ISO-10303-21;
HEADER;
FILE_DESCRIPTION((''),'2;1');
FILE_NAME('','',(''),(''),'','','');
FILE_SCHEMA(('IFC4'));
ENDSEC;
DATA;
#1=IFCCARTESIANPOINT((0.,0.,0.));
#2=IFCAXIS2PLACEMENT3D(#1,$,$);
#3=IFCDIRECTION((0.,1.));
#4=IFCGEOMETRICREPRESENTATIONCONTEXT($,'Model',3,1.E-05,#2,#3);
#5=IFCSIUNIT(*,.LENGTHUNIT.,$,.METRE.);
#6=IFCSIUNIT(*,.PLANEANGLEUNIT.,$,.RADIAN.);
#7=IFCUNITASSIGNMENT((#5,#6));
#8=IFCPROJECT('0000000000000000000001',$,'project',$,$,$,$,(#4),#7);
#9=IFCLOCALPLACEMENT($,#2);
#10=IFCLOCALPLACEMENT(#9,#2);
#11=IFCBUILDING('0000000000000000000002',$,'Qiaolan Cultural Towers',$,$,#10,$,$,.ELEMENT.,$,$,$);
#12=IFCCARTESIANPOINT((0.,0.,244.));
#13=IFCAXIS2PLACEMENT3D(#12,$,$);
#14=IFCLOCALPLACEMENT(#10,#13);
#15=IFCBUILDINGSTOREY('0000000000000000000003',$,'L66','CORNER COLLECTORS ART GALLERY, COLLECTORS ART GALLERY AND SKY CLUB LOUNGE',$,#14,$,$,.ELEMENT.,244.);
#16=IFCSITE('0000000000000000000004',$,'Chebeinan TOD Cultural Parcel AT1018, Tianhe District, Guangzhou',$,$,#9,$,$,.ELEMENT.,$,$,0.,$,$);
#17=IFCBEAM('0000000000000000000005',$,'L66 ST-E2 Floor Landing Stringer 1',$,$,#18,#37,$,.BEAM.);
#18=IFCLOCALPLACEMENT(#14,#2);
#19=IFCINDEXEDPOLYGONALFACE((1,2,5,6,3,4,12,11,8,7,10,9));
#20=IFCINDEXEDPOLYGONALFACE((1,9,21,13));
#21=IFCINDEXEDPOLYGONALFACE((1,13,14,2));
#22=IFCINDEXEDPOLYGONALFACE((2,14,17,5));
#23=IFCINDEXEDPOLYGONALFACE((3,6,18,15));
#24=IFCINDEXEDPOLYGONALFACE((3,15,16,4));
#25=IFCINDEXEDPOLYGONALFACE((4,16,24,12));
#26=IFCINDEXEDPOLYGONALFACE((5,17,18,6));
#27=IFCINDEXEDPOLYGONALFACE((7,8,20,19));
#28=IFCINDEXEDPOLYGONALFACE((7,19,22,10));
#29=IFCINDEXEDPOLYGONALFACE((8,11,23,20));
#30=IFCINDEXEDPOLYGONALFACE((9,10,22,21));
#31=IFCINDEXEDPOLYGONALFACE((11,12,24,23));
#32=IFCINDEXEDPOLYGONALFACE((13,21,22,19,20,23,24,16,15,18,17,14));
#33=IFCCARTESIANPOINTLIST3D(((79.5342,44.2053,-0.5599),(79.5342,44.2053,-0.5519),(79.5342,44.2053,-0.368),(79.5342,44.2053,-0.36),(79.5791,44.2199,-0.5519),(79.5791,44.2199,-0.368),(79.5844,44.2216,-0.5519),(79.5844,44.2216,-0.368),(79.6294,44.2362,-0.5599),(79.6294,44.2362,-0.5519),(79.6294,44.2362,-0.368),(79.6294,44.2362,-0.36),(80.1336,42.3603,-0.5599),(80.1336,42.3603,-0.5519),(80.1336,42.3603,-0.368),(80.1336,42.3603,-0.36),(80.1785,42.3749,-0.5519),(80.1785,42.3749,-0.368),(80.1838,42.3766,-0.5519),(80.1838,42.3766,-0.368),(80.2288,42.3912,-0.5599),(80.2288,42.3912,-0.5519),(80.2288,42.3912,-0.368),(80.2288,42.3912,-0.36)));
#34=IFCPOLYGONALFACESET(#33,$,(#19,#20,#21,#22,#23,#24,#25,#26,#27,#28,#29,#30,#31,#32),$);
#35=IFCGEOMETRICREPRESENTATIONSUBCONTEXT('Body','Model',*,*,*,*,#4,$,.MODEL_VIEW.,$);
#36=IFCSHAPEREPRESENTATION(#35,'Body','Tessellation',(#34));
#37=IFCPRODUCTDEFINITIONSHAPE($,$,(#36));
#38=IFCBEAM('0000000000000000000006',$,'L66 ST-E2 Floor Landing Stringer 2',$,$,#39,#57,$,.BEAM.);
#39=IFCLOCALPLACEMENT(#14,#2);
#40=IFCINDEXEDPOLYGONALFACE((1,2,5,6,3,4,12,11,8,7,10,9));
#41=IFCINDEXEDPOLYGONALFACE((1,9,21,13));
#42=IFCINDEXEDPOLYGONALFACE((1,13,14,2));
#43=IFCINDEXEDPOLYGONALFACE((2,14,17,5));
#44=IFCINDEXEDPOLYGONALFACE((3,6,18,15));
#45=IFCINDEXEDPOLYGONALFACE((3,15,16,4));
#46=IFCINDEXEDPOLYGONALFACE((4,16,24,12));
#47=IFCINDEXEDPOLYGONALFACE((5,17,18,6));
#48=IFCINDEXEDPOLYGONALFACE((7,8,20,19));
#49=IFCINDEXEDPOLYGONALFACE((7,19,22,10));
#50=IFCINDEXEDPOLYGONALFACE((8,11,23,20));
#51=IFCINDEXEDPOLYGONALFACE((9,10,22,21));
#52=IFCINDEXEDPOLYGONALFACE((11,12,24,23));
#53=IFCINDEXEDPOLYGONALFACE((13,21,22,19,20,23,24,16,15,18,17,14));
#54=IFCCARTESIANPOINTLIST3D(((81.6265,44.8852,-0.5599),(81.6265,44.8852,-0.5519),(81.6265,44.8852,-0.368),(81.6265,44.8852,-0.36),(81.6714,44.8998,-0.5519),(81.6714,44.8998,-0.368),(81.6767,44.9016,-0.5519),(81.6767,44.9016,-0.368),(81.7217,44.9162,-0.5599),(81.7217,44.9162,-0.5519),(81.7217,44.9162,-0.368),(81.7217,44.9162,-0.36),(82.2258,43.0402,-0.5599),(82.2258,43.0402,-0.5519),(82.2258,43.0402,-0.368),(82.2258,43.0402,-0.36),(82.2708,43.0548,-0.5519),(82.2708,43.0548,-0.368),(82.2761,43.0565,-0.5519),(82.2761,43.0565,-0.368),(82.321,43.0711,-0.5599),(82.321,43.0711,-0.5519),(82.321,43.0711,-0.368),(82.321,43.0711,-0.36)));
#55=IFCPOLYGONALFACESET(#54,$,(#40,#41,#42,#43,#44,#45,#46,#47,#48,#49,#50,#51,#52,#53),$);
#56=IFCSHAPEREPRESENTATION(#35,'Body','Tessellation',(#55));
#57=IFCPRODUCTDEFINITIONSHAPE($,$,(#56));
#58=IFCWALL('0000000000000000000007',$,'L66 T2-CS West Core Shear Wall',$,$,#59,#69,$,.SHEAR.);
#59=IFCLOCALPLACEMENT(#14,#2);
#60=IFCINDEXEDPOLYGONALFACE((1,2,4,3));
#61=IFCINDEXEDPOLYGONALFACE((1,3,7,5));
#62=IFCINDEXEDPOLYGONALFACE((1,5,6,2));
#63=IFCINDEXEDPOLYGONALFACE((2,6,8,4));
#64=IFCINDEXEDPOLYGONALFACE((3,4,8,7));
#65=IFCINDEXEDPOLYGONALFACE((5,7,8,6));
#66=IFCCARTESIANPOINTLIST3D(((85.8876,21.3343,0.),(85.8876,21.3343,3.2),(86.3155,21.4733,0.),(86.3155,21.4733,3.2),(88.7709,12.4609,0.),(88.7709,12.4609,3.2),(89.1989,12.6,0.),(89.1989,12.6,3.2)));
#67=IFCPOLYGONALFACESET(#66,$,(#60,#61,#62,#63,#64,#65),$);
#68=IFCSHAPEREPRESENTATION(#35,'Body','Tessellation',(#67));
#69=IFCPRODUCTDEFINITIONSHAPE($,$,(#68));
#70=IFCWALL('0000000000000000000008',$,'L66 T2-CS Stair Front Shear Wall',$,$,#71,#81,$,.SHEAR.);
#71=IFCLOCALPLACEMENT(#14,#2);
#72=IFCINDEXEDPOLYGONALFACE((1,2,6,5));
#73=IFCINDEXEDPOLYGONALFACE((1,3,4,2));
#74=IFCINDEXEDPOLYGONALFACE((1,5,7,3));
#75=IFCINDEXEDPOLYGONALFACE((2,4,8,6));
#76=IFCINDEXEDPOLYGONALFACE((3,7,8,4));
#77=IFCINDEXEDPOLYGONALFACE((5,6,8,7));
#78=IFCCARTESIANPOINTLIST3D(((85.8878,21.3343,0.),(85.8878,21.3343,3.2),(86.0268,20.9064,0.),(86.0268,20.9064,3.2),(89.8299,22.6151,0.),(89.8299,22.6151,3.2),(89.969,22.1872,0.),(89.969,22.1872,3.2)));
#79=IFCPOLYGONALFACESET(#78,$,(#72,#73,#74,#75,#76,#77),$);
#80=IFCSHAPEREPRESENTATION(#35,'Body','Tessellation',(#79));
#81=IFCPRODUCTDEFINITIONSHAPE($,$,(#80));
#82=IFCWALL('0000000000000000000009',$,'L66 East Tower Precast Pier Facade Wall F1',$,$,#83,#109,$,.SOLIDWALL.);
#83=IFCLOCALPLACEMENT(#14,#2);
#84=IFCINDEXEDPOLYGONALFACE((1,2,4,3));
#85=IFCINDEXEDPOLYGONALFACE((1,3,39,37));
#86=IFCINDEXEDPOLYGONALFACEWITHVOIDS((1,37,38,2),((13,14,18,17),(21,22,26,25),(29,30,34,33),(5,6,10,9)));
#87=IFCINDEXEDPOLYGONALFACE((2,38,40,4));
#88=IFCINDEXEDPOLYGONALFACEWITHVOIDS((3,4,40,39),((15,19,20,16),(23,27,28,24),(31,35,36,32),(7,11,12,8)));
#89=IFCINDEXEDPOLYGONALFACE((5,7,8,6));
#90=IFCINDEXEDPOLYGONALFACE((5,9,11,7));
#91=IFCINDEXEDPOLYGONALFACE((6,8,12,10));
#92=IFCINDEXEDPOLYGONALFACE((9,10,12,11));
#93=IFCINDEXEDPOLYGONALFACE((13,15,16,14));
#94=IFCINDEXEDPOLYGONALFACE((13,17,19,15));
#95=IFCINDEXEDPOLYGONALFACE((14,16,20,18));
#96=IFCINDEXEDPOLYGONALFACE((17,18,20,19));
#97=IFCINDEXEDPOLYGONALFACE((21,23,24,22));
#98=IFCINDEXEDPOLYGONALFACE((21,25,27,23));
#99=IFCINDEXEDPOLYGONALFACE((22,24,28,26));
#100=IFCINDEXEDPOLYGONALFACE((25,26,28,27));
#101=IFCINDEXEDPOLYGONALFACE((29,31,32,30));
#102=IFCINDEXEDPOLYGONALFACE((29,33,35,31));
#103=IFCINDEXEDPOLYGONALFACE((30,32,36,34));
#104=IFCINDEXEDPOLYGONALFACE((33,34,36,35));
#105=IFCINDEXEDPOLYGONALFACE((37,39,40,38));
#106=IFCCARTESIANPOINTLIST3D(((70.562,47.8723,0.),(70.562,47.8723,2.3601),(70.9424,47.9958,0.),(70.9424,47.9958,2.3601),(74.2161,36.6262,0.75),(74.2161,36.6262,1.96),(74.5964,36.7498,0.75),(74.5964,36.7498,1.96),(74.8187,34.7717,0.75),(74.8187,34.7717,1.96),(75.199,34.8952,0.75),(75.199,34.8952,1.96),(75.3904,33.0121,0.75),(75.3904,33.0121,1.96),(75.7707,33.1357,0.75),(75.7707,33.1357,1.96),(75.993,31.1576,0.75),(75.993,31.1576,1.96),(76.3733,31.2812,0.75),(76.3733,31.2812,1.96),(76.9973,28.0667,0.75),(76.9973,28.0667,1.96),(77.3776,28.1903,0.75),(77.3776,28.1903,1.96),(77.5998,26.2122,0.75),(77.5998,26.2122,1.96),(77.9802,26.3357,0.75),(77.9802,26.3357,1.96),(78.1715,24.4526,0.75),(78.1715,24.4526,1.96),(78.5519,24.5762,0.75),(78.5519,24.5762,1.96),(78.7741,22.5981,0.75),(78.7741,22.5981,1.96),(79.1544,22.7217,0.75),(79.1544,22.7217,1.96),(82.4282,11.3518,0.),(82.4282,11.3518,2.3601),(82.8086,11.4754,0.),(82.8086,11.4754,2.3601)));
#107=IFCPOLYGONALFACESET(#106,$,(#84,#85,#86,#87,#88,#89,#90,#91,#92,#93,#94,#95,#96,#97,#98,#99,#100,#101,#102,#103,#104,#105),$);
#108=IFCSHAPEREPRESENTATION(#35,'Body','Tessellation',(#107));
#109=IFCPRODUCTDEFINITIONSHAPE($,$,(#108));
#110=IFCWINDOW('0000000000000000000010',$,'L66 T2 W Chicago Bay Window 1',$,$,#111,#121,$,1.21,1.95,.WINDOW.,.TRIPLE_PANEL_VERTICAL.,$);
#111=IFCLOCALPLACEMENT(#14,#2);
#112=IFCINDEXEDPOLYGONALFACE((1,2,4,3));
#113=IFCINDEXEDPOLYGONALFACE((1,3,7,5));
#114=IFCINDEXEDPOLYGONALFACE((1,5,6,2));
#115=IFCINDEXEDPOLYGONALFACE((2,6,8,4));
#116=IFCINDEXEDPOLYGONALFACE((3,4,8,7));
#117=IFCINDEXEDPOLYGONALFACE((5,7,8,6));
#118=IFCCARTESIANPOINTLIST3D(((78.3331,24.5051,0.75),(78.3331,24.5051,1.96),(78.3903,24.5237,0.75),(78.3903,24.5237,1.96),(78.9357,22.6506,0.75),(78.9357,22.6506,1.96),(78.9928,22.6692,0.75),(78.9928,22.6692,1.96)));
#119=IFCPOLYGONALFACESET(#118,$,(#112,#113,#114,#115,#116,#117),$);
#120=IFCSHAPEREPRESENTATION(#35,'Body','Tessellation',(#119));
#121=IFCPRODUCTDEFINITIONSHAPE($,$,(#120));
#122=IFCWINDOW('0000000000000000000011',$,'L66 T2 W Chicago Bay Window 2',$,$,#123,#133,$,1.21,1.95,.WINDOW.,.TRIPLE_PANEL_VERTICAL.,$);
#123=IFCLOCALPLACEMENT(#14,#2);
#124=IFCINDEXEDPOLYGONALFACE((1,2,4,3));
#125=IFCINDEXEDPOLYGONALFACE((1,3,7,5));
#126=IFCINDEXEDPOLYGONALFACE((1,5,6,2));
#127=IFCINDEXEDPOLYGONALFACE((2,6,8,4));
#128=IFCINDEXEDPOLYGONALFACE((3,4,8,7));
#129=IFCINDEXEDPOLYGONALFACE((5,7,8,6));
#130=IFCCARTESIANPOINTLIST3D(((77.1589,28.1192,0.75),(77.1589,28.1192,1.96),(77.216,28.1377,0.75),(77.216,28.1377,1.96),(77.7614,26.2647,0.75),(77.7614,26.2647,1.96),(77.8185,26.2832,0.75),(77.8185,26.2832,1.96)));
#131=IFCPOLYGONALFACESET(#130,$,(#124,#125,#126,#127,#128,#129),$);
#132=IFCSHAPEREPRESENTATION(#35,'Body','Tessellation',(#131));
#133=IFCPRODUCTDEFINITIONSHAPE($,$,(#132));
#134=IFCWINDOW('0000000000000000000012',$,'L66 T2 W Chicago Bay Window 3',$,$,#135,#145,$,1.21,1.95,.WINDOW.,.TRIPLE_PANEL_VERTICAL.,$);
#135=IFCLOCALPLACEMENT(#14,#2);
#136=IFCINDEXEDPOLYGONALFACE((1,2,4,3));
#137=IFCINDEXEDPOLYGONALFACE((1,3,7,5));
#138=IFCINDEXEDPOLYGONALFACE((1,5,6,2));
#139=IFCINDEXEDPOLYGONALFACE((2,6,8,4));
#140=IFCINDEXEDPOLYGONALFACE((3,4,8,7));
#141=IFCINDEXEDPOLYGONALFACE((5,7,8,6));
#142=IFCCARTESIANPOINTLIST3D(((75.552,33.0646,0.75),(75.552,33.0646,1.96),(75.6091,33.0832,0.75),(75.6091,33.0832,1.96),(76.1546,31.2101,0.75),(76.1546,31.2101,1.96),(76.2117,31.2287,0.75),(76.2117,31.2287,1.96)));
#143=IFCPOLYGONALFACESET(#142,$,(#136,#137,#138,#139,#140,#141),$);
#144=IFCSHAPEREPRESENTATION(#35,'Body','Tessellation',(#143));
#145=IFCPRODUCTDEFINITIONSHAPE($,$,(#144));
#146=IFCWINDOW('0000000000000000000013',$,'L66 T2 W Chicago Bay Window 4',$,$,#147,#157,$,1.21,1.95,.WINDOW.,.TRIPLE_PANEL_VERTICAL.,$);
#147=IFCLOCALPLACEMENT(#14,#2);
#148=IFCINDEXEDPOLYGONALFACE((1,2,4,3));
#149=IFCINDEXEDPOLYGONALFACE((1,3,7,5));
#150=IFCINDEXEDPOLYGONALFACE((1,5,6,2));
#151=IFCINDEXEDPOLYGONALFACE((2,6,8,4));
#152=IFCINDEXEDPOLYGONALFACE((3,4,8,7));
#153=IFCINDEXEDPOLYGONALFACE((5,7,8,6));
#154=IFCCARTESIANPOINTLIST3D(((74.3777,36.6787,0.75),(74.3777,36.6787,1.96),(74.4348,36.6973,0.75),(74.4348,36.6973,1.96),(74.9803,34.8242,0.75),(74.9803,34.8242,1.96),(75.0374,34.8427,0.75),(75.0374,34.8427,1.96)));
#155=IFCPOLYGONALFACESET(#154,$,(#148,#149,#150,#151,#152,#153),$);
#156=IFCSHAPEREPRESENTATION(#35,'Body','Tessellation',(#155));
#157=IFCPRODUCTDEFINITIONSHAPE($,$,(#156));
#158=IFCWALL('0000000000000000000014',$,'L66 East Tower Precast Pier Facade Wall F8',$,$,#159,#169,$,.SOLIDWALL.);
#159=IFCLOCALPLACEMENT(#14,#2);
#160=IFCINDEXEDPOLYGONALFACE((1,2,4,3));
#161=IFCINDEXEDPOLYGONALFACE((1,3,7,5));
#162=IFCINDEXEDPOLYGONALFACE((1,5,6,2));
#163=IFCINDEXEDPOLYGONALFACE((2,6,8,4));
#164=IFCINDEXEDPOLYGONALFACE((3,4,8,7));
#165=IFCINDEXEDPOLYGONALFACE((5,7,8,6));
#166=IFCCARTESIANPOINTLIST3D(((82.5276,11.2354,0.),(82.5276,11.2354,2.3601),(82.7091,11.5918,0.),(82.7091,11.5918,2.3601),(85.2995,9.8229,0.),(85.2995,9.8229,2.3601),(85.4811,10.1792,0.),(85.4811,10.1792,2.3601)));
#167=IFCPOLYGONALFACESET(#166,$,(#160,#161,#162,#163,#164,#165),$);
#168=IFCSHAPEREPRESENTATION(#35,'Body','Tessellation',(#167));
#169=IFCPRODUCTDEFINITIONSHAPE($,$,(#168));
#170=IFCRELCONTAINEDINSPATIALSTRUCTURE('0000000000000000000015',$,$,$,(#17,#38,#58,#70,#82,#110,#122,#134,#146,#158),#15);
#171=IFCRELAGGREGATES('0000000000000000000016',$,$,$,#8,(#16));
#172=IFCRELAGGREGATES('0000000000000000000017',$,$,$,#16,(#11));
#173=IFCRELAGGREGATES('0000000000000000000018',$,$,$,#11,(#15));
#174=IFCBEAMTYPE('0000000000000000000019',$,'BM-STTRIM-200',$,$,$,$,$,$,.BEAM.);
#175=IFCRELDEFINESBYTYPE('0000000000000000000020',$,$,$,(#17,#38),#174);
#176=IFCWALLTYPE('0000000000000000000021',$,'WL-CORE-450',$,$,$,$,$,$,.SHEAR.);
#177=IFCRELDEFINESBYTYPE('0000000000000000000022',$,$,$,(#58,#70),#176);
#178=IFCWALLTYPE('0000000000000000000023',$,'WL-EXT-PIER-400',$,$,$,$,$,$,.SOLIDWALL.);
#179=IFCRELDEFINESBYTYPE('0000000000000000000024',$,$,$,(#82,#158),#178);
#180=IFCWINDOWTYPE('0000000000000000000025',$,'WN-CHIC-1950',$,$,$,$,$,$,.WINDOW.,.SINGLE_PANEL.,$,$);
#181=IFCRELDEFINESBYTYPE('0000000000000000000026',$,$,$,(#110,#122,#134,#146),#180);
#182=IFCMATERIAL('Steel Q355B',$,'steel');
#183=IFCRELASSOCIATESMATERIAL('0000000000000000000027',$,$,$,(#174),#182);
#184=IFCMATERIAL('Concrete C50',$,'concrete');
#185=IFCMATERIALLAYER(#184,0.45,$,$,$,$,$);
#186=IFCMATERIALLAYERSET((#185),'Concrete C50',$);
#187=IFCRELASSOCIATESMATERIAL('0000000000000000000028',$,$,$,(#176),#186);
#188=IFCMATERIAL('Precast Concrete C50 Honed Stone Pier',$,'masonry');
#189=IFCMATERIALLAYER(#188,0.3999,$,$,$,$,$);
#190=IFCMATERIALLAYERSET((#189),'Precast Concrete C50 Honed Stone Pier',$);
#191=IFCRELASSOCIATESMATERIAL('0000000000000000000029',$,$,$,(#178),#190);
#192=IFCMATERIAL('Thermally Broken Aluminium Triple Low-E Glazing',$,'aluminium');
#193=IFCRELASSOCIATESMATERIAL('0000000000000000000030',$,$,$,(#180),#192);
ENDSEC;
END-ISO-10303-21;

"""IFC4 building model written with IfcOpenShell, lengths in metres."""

from ifc_helpers import new_model, si_unit, direction, frame, frame_2d, origin, origin_2d, place, context, subcontext, project, spatial, rectangle, i_section, extrude, material, layer, layer_set, material_profile, profile_set, type_object, element, fill, save


model = new_model("IFC4")

# Units and contexts
model_context = context("Model", 3, precision=1e-05, world=origin(), true_north=direction((0.0, 1.0)))
body_context = subcontext(model_context, "Body", "Model", "MODEL_VIEW")
ifc_project = project(units=[si_unit("LENGTHUNIT", "METRE"), si_unit("PLANEANGLEUNIT", "RADIAN")], contexts=[model_context])

# Site, building, storey
site_placement = place(None, origin())
site = spatial("IfcSite", under=ifc_project, at=site_placement, Name="Chebeinan TOD Cultural Parcel AT1018, Tianhe District, Guangzhou", CompositionType="ELEMENT", RefElevation=0.0)
building_placement = place(site_placement, origin())
building = spatial("IfcBuilding", under=site, at=building_placement, Name="Qiaolan Cultural Towers", CompositionType="ELEMENT")
storey_placement = place(building_placement, frame((0.0, 0.0, 244.0)))
storey = spatial("IfcBuildingStorey", under=building, at=storey_placement, Name="L66", Description="CORNER COLLECTORS ART GALLERY, COLLECTORS ART GALLERY AND SKY CLUB LOUNGE", CompositionType="ELEMENT", Elevation=244.0)

# Beams
ifc_material_1 = material(Name="Steel Q355B", Category="steel")
ifc_material_profile_1 = material_profile(ifc_material_1, i_section(OverallWidth=0.1001, OverallDepth=0.2, WebThickness=0.0056, FlangeThickness=0.0081, at=origin_2d()), Name="HN200x100x5.5x8")
ifc_profile_set_1 = profile_set([ifc_material_profile_1], Name="Steel Q355B")
beam_type_1 = type_object("IfcBeamType", Name="BM-STTRIM-200", PredefinedType="BEAM", material=ifc_profile_set_1)
for number, where, z_axis, x_axis, name in (
    (1, (80.1812, 42.3757, -0.46), (-0.308969, 0.951072, 0.0), (-0.951072, -0.308969, 0.0), "L66 ST-E2 Floor Landing Stringer 1"),
    (2, (82.2734, 43.0557, -0.46), (-0.308969, 0.951072, 0.0), (-0.951072, -0.308969, 0.0), "L66 ST-E2 Floor Landing Stringer 2"),
):
    element("IfcBeam", number, at=place(storey_placement, frame(where, z_axis=z_axis, x_axis=x_axis)), inside=storey, type_object=beam_type_1, Name=name, PredefinedType="BEAM", context=body_context, shape_type="SweptSolid", body=[
        extrude(i_section(OverallWidth=0.1001, OverallDepth=0.2, WebThickness=0.0056, FlangeThickness=0.0081, at=origin_2d()), origin(), (0.0, 0.0, 1.0), 1.9399),
    ])

# Walls
ifc_material_2 = material(Name="Concrete C50", Category="concrete")
ifc_layer_1 = layer(ifc_material_2, 0.45)
ifc_layer_set_1 = layer_set([ifc_layer_1], Name="Concrete C50")
wall_type_1 = type_object("IfcWallType", Name="WL-CORE-450", PredefinedType="SHEAR", material=ifc_layer_set_1)
wall_1_placement = place(storey_placement, frame((86.1016, 21.4038, 0.0), z_axis=(0.0, 0.0, 1.0), x_axis=(0.309036, -0.95105, 0.0)))
element("IfcWall", 3, at=wall_1_placement, inside=storey, type_object=wall_type_1, Name="L66 T2-CS West Core Shear Wall", PredefinedType="SHEAR", context=body_context, shape_type="SweptSolid", body=[
    extrude(rectangle(XDim=9.3301, YDim=0.45, at=frame_2d((4.665, 0.0))), origin(), (0.0, 0.0, 1.0), 3.2),
])
wall_2_placement = place(storey_placement, frame((85.9573, 21.1204, 0.0), z_axis=(0.0, 0.0, 1.0), x_axis=(0.951065, 0.308992, 0.0)))
element("IfcWall", 4, at=wall_2_placement, inside=storey, type_object=wall_type_1, Name="L66 T2-CS Stair Front Shear Wall", PredefinedType="SHEAR", context=body_context, shape_type="SweptSolid", body=[
    extrude(rectangle(XDim=4.145, YDim=0.45, at=frame_2d((2.0725, 0.0))), origin(), (0.0, 0.0, 1.0), 3.2),
])

# Wall, openings, windows
ifc_material_3 = material(Name="Precast Concrete C50 Honed Stone Pier", Category="masonry")
ifc_layer_2 = layer(ifc_material_3, 0.3999)
ifc_layer_set_2 = layer_set([ifc_layer_2], Name="Precast Concrete C50 Honed Stone Pier")
wall_type_2 = type_object("IfcWallType", Name="WL-EXT-PIER-400", PredefinedType="SOLIDWALL", material=ifc_layer_set_2)
wall_3_placement = place(storey_placement, frame((82.6184, 11.4136, 0.0), z_axis=(0.0, 0.0, 1.0), x_axis=(-0.309016, 0.951057, 0.0)))
wall_3 = element("IfcWall", 5, at=wall_3_placement, inside=storey, type_object=wall_type_2, Name="L66 East Tower Precast Pier Facade Wall F1", PredefinedType="SOLIDWALL", context=body_context, shape_type="SweptSolid", body=[
    extrude(rectangle(XDim=38.3999, YDim=0.3999, at=frame_2d((19.2, 0.0))), origin(), (0.0, 0.0, 1.0), 2.3601),
])
opening_1_placement = place(wall_3_placement, frame((11.825, 0.0, 0.75)))
opening_1 = element("IfcOpeningElement", 6, at=opening_1_placement, cuts=wall_3, PredefinedType="OPENING", context=body_context, shape_type="SweptSolid", body=[
    extrude(rectangle(XDim=1.95, YDim=1.21, at=frame_2d((0.9751, 0.605))), frame((0.0, 0.21, 0.0), z_axis=(0.0, -1.0, 0.0), x_axis=(1.0, 0.0, 0.0)), (0.0, 0.0, 1.0), 0.4199),
])
opening_2_placement = place(wall_3_placement, frame((15.625, 0.0, 0.75)))
opening_2 = element("IfcOpeningElement", 7, at=opening_2_placement, cuts=wall_3, PredefinedType="OPENING", context=body_context, shape_type="SweptSolid", body=[
    extrude(rectangle(XDim=1.95, YDim=1.21, at=frame_2d((0.9751, 0.605))), frame((0.0, 0.21, 0.0), z_axis=(0.0, -1.0, 0.0), x_axis=(1.0, 0.0, 0.0)), (0.0, 0.0, 1.0), 0.4199),
])
opening_3_placement = place(wall_3_placement, frame((20.825, 0.0, 0.75)))
opening_3 = element("IfcOpeningElement", 8, at=opening_3_placement, cuts=wall_3, PredefinedType="OPENING", context=body_context, shape_type="SweptSolid", body=[
    extrude(rectangle(XDim=1.95, YDim=1.21, at=frame_2d((0.9751, 0.605))), frame((0.0, 0.21, 0.0), z_axis=(0.0, -1.0, 0.0), x_axis=(1.0, 0.0, 0.0)), (0.0, 0.0, 1.0), 0.4199),
])
opening_4_placement = place(wall_3_placement, frame((24.625, 0.0, 0.75)))
opening_4 = element("IfcOpeningElement", 9, at=opening_4_placement, cuts=wall_3, PredefinedType="OPENING", context=body_context, shape_type="SweptSolid", body=[
    extrude(rectangle(XDim=1.95, YDim=1.21, at=frame_2d((0.9751, 0.605))), frame((0.0, 0.21, 0.0), z_axis=(0.0, -1.0, 0.0), x_axis=(1.0, 0.0, 0.0)), (0.0, 0.0, 1.0), 0.4199),
])
ifc_material_4 = material(Name="Thermally Broken Aluminium Triple Low-E Glazing", Category="aluminium")
window_type = type_object("IfcWindowType", Name="WN-CHIC-1950", PartitioningType="SINGLE_PANEL", PredefinedType="WINDOW", material=ifc_material_4)
window_1_placement = place(opening_1_placement, origin())
window_1 = element("IfcWindow", 10, at=window_1_placement, inside=storey, type_object=window_type, Name="L66 T2 W Chicago Bay Window 1", OverallHeight=1.21, OverallWidth=1.95, PartitioningType="TRIPLE_PANEL_VERTICAL", PredefinedType="WINDOW", context=body_context, shape_type="SweptSolid", body=[
    extrude(rectangle(XDim=1.95, YDim=1.21, at=frame_2d((0.9751, 0.605))), frame((0.0, 0.03, 0.0), z_axis=(0.0, -1.0, 0.0), x_axis=(1.0, 0.0, 0.0)), (0.0, 0.0, 1.0), 0.0601),
])
fill(opening_1, window_1)
window_2_placement = place(opening_2_placement, origin())
window_2 = element("IfcWindow", 11, at=window_2_placement, inside=storey, type_object=window_type, Name="L66 T2 W Chicago Bay Window 2", OverallHeight=1.21, OverallWidth=1.95, PartitioningType="TRIPLE_PANEL_VERTICAL", PredefinedType="WINDOW", context=body_context, shape_type="SweptSolid", body=[
    extrude(rectangle(XDim=1.95, YDim=1.21, at=frame_2d((0.9751, 0.605))), frame((0.0, 0.03, 0.0), z_axis=(0.0, -1.0, 0.0), x_axis=(1.0, 0.0, 0.0)), (0.0, 0.0, 1.0), 0.0601),
])
fill(opening_2, window_2)
window_3_placement = place(opening_3_placement, origin())
window_3 = element("IfcWindow", 12, at=window_3_placement, inside=storey, type_object=window_type, Name="L66 T2 W Chicago Bay Window 3", OverallHeight=1.21, OverallWidth=1.95, PartitioningType="TRIPLE_PANEL_VERTICAL", PredefinedType="WINDOW", context=body_context, shape_type="SweptSolid", body=[
    extrude(rectangle(XDim=1.95, YDim=1.21, at=frame_2d((0.9751, 0.605))), frame((0.0, 0.03, 0.0), z_axis=(0.0, -1.0, 0.0), x_axis=(1.0, 0.0, 0.0)), (0.0, 0.0, 1.0), 0.0601),
])
fill(opening_3, window_3)
window_4_placement = place(opening_4_placement, origin())
window_4 = element("IfcWindow", 13, at=window_4_placement, inside=storey, type_object=window_type, Name="L66 T2 W Chicago Bay Window 4", OverallHeight=1.21, OverallWidth=1.95, PartitioningType="TRIPLE_PANEL_VERTICAL", PredefinedType="WINDOW", context=body_context, shape_type="SweptSolid", body=[
    extrude(rectangle(XDim=1.95, YDim=1.21, at=frame_2d((0.9751, 0.605))), frame((0.0, 0.03, 0.0), z_axis=(0.0, -1.0, 0.0), x_axis=(1.0, 0.0, 0.0)), (0.0, 0.0, 1.0), 0.0601),
])
fill(opening_4, window_4)

# Wall
wall_4_placement = place(storey_placement, frame((85.3904, 10.001, 0.0), z_axis=(0.0, 0.0, 1.0), x_axis=(-0.89098, 0.454043, 0.0)))
element("IfcWall", 14, at=wall_4_placement, inside=storey, type_object=wall_type_2, Name="L66 East Tower Precast Pier Facade Wall F8", PredefinedType="SOLIDWALL", context=body_context, shape_type="SweptSolid", body=[
    extrude(rectangle(XDim=3.1111, YDim=0.3999, at=frame_2d((1.5557, 0.0))), origin(), (0.0, 0.0, 1.0), 2.3601),
])

save(model, "model.ifc")
